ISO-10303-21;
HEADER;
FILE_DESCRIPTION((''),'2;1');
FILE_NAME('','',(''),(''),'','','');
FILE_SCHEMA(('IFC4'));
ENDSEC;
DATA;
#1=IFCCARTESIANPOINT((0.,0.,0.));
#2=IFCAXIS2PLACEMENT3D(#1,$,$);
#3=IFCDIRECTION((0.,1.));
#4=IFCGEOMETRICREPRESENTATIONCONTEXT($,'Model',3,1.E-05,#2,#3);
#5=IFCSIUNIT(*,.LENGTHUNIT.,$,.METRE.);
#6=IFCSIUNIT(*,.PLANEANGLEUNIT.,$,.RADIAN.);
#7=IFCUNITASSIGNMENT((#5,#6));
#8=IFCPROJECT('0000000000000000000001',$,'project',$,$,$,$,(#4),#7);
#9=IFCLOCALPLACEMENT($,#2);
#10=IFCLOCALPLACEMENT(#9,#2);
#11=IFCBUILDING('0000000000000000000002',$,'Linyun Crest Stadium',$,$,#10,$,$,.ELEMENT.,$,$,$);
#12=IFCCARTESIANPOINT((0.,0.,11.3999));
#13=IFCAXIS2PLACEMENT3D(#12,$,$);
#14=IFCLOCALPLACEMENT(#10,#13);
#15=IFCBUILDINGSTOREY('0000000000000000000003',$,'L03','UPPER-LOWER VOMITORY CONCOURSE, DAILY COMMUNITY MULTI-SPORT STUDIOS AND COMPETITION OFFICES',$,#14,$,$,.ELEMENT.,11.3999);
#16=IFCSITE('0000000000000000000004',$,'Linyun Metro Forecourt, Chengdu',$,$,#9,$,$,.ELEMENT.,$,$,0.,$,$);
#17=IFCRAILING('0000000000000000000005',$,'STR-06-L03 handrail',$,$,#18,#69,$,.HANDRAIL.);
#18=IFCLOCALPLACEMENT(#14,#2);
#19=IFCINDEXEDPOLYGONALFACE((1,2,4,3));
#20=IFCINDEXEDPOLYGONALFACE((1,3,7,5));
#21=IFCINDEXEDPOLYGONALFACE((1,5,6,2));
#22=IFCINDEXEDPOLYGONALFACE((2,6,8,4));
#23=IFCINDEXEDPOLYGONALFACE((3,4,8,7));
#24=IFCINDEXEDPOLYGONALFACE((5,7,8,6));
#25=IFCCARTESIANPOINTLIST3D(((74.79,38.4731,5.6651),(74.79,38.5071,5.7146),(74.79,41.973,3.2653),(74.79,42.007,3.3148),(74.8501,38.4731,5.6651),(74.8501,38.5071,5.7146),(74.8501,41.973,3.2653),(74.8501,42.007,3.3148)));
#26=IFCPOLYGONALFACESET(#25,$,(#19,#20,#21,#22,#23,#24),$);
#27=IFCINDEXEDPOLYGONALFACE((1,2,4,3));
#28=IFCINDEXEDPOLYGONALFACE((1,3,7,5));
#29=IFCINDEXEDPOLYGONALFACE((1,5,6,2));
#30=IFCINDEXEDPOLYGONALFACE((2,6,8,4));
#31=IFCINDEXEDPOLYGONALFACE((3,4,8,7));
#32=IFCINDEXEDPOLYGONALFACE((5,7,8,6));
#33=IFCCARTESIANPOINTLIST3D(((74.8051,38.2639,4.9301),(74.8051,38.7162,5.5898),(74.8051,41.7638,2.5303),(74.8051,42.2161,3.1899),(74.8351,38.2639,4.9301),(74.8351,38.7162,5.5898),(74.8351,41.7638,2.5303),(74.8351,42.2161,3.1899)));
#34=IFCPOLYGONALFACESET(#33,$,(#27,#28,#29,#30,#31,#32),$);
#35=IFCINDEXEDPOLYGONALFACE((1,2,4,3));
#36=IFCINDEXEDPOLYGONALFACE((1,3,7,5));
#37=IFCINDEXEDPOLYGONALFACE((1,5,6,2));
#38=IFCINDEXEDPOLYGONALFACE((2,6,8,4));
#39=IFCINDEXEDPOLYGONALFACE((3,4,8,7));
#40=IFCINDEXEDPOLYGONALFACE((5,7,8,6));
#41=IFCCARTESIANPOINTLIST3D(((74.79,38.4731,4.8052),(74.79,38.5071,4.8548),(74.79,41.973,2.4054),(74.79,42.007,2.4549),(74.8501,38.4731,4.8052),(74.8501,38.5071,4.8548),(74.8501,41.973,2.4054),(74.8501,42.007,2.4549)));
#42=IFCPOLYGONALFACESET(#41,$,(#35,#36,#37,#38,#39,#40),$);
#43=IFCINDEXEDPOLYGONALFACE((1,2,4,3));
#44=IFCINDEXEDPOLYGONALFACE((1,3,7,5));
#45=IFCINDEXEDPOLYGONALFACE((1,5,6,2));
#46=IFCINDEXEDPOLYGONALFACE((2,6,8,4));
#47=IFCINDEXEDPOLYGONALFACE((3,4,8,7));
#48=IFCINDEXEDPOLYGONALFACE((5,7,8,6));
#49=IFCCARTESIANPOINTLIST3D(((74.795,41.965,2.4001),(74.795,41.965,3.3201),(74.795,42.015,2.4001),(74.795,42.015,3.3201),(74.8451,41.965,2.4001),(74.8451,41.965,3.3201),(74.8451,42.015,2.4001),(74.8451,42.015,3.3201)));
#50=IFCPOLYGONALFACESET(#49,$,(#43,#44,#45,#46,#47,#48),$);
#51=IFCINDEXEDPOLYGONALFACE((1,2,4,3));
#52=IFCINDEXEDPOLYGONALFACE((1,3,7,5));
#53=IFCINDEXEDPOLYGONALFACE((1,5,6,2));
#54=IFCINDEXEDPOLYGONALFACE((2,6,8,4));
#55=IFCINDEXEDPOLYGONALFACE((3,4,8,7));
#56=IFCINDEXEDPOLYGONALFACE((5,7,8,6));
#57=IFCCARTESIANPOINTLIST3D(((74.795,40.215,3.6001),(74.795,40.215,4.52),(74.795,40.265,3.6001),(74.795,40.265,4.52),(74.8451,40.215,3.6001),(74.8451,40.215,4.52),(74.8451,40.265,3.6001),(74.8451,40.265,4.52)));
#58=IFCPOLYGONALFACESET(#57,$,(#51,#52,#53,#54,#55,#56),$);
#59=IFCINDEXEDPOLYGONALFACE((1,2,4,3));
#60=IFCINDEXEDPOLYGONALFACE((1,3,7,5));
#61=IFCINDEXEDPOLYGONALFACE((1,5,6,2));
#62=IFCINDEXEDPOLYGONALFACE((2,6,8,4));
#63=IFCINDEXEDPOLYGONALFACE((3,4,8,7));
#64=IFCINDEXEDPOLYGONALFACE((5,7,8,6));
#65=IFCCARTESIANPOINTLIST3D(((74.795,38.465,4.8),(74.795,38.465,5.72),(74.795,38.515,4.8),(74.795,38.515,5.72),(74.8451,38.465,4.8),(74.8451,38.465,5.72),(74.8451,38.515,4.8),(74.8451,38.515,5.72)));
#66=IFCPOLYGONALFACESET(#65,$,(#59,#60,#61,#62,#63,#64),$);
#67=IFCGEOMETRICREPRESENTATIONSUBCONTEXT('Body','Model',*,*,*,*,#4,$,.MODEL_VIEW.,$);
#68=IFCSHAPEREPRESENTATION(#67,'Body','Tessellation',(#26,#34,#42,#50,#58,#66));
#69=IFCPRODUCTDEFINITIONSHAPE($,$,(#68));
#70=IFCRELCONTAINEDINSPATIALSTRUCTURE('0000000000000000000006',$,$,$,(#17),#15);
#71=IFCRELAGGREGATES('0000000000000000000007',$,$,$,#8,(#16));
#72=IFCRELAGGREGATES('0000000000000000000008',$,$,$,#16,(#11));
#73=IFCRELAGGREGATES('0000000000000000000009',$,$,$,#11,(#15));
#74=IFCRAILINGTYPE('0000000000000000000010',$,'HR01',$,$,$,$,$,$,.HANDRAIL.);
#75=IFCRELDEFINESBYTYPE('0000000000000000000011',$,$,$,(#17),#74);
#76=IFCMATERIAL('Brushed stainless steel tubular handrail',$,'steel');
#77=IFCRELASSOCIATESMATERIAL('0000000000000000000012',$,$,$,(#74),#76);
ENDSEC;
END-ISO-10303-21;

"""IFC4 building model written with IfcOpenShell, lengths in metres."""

from ifc_helpers import new_model, si_unit, direction, frame, origin, origin_2d, place, context, subcontext, project, spatial, rectangle, extrude, material, type_object, element, save


model = new_model("IFC4")

# Units and contexts
model_context = context("Model", 3, precision=1e-05, world=origin(), true_north=direction((0.0, 1.0)))
body_context = subcontext(model_context, "Body", "Model", "MODEL_VIEW")
ifc_project = project(units=[si_unit("LENGTHUNIT", "METRE"), si_unit("PLANEANGLEUNIT", "RADIAN")], contexts=[model_context])

# Site, building, storey
site_placement = place(None, origin())
site = spatial("IfcSite", under=ifc_project, at=site_placement, Name="Linyun Metro Forecourt, Chengdu", CompositionType="ELEMENT", RefElevation=0.0)
building_placement = place(site_placement, origin())
building = spatial("IfcBuilding", under=site, at=building_placement, Name="Linyun Crest Stadium", CompositionType="ELEMENT")
storey_placement = place(building_placement, frame((0.0, 0.0, 11.3999)))
storey = spatial("IfcBuildingStorey", under=building, at=storey_placement, Name="L03", Description="UPPER-LOWER VOMITORY CONCOURSE, DAILY COMMUNITY MULTI-SPORT STUDIOS AND COMPETITION OFFICES", CompositionType="ELEMENT", Elevation=11.3999)

# Railing
ifc_material_1 = material(Name="Brushed stainless steel tubular handrail", Category="steel")
railing_type_1 = type_object("IfcRailingType", Name="HR01", PredefinedType="HANDRAIL", material=ifc_material_1)
railing_1_placement = place(storey_placement, frame((74.8201, 41.99, 2.4001)))
element("IfcRailing", 1, at=railing_1_placement, inside=storey, type_object=railing_type_1, Name="STR-06-L03 handrail", PredefinedType="HANDRAIL", context=body_context, shape_type="SweptSolid", body=[
    extrude(rectangle(XDim=0.0601, YDim=0.0601, at=origin_2d()), frame((0.0, 0.0, 0.8899), z_axis=(0.0, -0.82474, 0.565513), x_axis=(1.0, 0.0, 0.0)), (0.0, 0.0, 1.0), 4.2437),
    extrude(rectangle(XDim=0.03, YDim=0.7998, at=origin_2d()), frame((0.0, 0.0, 0.46), z_axis=(0.0, -0.82474, 0.565513), x_axis=(1.0, 0.0, 0.0)), (0.0, 0.0, 1.0), 4.2437),
    extrude(rectangle(XDim=0.0601, YDim=0.0601, at=origin_2d()), frame((0.0, 0.0, 0.03), z_axis=(0.0, -0.82474, 0.565513), x_axis=(1.0, 0.0, 0.0)), (0.0, 0.0, 1.0), 4.2437),
    extrude(rectangle(XDim=0.05, YDim=0.05, at=origin_2d()), origin(), (0.0, 0.0, 1.0), 0.9199),
    extrude(rectangle(XDim=0.05, YDim=0.05, at=origin_2d()), frame((0.0, -1.75, 1.2)), (0.0, 0.0, 1.0), 0.9199),
    extrude(rectangle(XDim=0.05, YDim=0.05, at=origin_2d()), frame((0.0, -3.5, 2.3999)), (0.0, 0.0, 1.0), 0.9199),
])

save(model, "model.ifc")
